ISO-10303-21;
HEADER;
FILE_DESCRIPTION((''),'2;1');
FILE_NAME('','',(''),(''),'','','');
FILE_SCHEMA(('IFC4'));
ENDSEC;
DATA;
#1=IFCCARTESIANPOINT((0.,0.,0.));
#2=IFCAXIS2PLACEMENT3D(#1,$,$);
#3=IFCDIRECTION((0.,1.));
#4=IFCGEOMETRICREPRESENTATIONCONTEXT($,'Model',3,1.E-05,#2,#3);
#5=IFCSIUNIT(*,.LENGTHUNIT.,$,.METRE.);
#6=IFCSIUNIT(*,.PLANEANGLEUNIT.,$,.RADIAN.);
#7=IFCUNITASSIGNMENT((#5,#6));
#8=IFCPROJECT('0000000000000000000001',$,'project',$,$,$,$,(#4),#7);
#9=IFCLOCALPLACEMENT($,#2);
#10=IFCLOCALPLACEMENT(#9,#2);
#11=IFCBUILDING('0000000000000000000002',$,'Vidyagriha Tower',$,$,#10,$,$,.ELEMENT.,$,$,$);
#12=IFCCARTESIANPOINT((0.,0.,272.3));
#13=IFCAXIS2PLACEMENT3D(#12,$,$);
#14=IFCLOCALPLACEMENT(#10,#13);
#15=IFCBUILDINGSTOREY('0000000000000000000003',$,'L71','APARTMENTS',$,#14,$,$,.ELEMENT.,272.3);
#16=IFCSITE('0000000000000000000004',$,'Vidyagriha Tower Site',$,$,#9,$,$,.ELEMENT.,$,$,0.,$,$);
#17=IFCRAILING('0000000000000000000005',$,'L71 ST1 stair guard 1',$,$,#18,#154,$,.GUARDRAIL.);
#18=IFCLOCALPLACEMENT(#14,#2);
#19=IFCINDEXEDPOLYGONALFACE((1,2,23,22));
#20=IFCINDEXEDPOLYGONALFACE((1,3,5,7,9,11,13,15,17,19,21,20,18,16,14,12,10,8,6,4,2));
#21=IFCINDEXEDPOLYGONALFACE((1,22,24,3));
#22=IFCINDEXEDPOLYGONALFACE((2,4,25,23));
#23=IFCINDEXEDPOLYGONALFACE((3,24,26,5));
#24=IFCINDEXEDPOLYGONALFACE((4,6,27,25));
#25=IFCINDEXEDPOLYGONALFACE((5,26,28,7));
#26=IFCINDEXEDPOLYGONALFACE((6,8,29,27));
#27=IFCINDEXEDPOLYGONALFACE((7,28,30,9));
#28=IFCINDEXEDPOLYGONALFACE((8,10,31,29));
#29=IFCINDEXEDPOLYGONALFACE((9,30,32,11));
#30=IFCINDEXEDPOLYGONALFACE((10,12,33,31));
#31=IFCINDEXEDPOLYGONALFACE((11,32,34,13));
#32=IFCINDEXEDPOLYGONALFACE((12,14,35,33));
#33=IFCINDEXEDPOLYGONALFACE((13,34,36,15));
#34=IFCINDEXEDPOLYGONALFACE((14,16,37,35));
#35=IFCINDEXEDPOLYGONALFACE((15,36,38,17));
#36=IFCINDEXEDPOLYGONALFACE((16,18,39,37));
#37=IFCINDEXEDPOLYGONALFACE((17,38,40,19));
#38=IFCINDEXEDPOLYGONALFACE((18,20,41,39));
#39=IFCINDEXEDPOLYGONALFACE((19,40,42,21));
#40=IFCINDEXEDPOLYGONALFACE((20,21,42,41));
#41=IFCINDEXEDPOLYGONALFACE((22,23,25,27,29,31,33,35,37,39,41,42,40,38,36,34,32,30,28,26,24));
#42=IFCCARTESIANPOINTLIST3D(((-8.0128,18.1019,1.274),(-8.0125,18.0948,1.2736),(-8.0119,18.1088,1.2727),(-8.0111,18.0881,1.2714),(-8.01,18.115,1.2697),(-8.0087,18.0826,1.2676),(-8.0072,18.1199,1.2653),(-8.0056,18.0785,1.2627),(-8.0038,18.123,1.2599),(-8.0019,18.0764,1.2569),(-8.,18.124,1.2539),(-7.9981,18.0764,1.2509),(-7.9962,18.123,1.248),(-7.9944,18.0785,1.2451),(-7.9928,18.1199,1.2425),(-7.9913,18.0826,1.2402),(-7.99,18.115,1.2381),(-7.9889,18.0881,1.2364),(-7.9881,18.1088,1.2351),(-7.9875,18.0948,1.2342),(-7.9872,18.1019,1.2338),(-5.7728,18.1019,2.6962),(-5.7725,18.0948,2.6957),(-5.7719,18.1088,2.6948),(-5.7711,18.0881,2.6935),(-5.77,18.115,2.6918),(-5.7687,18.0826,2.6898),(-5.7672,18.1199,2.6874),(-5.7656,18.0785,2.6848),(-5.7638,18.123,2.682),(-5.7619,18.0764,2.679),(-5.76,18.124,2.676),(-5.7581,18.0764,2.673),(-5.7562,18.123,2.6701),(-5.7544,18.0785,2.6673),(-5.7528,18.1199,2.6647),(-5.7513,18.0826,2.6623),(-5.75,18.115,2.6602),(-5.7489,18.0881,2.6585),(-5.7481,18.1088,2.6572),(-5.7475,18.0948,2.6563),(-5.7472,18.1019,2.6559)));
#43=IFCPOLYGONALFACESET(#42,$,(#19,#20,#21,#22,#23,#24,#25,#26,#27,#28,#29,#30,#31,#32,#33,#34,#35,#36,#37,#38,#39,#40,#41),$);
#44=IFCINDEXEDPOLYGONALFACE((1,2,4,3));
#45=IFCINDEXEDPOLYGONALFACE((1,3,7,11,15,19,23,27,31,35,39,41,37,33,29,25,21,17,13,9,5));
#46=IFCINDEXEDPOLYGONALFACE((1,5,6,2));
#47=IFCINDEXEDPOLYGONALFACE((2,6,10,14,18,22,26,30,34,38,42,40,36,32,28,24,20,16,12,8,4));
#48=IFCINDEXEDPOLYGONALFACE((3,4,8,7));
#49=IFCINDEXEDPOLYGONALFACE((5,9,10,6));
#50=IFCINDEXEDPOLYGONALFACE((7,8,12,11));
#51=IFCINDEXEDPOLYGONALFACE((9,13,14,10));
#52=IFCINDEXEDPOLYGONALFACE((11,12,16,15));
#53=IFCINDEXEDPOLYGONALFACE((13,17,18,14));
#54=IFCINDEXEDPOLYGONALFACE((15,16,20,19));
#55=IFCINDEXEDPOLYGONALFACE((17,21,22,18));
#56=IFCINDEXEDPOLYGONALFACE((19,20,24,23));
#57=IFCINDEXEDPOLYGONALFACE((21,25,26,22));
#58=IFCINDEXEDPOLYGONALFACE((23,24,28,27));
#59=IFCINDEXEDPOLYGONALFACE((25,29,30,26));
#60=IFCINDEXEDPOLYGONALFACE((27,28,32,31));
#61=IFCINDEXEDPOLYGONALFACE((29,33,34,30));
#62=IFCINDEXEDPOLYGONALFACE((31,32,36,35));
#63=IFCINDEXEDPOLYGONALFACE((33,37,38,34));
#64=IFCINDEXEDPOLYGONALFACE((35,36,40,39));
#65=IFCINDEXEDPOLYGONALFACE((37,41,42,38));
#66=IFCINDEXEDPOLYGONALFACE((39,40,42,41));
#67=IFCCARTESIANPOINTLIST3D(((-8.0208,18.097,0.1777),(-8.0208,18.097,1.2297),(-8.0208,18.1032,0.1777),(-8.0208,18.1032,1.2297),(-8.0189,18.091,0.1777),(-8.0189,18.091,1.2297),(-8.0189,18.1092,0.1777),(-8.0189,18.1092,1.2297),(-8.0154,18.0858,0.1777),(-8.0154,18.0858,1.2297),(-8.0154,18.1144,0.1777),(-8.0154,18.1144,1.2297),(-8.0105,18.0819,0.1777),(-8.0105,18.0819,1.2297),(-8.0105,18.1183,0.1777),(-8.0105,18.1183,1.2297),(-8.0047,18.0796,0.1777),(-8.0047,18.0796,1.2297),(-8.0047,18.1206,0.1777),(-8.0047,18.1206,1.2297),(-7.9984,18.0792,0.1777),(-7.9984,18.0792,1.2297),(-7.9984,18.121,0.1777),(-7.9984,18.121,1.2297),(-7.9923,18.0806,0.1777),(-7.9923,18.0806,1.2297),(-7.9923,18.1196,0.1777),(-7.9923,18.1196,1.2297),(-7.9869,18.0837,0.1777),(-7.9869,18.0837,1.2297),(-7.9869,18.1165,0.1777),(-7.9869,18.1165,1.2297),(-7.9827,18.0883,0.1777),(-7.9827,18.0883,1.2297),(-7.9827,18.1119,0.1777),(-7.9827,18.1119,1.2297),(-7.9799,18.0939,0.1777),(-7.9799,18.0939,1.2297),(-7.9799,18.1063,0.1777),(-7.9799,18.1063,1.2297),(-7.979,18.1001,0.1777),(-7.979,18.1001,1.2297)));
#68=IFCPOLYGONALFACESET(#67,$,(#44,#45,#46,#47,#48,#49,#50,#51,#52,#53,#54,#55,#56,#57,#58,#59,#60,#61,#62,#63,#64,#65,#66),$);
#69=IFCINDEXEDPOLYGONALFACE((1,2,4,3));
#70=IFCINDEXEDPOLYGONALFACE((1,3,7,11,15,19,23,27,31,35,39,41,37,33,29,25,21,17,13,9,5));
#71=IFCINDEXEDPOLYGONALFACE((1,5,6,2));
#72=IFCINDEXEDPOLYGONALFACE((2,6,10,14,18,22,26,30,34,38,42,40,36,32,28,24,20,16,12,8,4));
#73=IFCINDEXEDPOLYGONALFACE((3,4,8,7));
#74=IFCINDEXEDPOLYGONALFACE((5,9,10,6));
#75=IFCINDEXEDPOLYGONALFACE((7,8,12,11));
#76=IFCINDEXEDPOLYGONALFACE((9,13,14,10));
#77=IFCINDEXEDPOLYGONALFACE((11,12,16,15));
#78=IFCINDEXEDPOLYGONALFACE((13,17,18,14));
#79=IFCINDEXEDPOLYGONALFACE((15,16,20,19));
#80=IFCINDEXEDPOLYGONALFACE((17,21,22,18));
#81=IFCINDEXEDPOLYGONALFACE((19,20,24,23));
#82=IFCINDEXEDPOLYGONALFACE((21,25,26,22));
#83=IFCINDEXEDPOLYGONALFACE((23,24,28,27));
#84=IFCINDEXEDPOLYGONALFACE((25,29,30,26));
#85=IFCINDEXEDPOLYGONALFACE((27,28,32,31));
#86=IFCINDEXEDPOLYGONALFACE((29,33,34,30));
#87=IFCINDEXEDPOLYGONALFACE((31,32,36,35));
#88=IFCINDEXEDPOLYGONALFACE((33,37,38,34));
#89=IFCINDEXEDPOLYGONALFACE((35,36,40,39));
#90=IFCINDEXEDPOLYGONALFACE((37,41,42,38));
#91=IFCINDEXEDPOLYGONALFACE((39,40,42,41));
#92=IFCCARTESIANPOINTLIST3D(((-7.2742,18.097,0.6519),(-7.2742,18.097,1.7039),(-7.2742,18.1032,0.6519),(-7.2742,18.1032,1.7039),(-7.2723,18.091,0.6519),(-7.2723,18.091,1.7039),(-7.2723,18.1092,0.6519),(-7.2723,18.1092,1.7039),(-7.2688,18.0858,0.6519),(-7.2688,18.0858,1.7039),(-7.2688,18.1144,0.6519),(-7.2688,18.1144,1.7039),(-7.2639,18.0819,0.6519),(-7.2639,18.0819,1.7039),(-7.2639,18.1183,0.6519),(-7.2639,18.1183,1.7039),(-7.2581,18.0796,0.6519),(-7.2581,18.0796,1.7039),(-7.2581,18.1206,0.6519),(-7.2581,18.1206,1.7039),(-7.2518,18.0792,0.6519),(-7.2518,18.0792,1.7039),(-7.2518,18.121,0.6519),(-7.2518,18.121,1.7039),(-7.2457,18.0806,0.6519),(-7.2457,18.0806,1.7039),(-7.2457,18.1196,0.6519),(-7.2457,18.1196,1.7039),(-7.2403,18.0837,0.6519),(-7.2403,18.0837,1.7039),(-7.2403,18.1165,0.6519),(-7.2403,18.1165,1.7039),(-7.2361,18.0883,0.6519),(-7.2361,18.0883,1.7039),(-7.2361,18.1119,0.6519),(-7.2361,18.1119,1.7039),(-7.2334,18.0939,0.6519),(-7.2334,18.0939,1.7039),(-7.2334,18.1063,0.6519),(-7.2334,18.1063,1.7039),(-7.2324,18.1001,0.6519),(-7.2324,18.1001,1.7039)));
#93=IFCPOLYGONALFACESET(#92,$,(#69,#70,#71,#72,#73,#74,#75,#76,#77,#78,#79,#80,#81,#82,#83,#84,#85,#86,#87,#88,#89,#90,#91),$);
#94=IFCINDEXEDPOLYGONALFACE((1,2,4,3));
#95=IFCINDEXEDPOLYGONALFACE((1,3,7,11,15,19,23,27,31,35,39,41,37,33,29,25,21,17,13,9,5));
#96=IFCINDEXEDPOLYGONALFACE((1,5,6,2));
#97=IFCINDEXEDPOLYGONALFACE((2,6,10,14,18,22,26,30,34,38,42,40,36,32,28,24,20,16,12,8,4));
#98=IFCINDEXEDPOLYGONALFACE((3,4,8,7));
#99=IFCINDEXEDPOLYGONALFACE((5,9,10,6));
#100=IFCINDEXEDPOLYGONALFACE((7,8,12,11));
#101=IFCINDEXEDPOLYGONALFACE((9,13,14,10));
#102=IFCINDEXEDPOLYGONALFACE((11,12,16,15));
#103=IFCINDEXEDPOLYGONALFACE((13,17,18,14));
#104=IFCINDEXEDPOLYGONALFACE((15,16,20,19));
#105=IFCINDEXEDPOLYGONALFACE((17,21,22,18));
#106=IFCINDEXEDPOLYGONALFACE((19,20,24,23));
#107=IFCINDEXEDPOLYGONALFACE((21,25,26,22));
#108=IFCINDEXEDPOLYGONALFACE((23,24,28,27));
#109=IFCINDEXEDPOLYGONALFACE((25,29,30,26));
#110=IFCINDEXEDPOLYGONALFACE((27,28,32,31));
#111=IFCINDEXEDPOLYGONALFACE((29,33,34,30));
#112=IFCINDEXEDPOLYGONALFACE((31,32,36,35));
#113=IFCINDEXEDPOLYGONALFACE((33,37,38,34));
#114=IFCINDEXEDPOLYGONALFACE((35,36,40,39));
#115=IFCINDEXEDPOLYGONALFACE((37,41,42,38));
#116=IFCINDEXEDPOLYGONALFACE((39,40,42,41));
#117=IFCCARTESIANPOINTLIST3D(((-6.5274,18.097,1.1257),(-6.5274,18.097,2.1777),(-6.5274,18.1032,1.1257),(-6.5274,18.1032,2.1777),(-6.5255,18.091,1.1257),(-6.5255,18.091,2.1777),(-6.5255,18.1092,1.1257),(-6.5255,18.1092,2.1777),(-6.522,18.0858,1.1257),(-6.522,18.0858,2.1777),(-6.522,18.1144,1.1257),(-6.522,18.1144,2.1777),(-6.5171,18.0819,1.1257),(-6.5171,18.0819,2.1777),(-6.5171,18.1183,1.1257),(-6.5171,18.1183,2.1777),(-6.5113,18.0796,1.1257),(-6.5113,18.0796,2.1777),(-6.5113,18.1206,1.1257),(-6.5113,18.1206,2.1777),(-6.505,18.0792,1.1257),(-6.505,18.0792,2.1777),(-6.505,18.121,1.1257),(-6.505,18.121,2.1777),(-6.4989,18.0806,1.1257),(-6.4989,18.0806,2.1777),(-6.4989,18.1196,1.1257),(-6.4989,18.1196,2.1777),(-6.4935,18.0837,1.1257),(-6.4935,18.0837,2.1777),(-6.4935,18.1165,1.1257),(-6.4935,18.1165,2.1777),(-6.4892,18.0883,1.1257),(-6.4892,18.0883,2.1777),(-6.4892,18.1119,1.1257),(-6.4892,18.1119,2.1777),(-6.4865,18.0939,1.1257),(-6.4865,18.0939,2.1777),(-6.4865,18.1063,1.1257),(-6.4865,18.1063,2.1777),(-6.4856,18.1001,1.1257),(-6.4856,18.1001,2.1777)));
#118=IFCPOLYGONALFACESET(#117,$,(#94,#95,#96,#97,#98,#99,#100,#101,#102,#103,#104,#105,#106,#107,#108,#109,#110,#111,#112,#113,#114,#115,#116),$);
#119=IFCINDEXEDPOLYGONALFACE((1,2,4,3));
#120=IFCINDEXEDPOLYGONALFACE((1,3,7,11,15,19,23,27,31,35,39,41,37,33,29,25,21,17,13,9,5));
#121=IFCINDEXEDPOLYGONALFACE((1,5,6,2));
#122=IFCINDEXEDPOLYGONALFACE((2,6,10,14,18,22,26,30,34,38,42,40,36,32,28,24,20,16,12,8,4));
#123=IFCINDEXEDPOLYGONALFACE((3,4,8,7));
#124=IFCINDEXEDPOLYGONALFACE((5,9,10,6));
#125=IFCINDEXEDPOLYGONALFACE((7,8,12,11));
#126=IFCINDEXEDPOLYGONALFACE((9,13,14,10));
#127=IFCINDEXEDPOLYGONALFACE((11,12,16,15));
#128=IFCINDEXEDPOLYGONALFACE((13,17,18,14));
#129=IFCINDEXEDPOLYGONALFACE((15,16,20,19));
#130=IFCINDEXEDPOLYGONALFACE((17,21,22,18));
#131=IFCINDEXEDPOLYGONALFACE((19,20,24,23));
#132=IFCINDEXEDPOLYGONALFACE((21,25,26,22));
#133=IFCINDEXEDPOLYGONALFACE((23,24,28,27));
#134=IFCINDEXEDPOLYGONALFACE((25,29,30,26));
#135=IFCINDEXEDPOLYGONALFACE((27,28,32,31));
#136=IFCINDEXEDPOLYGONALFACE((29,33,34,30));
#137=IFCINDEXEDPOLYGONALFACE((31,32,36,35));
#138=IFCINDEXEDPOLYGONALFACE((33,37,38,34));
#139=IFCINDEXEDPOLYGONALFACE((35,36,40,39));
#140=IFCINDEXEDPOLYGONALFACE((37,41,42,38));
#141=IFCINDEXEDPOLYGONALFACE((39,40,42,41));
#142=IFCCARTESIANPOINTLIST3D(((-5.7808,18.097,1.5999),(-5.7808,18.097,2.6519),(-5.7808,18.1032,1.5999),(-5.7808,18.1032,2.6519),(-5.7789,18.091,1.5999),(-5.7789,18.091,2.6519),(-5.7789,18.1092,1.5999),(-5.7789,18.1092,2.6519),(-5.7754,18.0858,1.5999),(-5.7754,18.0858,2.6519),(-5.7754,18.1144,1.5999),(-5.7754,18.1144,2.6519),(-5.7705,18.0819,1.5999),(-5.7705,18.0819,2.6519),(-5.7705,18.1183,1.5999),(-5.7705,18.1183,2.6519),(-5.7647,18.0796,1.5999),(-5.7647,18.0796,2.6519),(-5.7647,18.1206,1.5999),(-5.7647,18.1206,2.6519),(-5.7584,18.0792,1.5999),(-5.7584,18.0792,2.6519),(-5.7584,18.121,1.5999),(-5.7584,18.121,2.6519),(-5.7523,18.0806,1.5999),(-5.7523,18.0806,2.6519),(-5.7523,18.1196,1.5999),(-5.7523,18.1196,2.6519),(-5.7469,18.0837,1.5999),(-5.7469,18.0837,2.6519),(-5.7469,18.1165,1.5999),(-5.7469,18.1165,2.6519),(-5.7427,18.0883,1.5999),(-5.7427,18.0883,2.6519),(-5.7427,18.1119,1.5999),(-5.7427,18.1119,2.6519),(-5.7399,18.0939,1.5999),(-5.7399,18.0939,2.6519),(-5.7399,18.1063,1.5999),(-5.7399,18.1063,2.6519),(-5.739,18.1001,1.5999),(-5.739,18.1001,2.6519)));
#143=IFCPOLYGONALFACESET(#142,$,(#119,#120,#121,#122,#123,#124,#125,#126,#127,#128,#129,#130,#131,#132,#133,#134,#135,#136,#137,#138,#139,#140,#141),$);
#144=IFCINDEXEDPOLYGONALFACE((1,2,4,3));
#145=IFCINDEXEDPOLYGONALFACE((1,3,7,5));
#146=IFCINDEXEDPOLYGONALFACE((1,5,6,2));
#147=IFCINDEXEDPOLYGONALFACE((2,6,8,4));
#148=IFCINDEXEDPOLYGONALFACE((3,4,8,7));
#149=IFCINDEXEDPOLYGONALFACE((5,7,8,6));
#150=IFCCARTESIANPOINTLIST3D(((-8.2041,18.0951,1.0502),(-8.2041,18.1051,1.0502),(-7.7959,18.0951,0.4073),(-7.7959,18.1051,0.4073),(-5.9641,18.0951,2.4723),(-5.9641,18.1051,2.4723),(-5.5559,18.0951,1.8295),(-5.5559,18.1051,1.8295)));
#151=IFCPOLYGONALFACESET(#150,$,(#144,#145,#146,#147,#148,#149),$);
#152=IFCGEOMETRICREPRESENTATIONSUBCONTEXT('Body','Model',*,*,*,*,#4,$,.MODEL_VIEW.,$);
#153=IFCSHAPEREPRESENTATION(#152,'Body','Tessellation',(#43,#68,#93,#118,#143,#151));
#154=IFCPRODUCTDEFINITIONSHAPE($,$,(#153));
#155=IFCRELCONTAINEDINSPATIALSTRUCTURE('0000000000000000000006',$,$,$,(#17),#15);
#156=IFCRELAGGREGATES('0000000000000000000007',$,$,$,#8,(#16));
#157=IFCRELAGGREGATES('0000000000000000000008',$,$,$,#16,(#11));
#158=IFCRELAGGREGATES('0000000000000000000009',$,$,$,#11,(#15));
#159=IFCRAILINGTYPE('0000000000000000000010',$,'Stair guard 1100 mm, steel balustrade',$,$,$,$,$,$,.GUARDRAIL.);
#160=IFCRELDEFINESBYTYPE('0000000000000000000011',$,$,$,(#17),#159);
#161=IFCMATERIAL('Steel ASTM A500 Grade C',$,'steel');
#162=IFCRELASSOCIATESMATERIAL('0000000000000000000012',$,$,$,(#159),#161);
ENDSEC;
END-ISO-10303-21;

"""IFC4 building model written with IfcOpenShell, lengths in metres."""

from ifc_helpers import new_model, si_unit, direction, frame, origin, origin_2d, place, context, subcontext, project, spatial, rectangle, circle, extrude, material, type_object, element, save


model = new_model("IFC4")

# Units and contexts
model_context = context("Model", 3, precision=1e-05, world=origin(), true_north=direction((0.0, 1.0)))
body_context = subcontext(model_context, "Body", "Model", "MODEL_VIEW")
ifc_project = project(units=[si_unit("LENGTHUNIT", "METRE"), si_unit("PLANEANGLEUNIT", "RADIAN")], contexts=[model_context])

# Site, building, storey
site_placement = place(None, origin())
site = spatial("IfcSite", under=ifc_project, at=site_placement, Name="Vidyagriha Tower Site", CompositionType="ELEMENT", RefElevation=0.0)
building_placement = place(site_placement, origin())
building = spatial("IfcBuilding", under=site, at=building_placement, Name="Vidyagriha Tower", CompositionType="ELEMENT")
storey_placement = place(building_placement, frame((0.0, 0.0, 272.3)))
storey = spatial("IfcBuildingStorey", under=building, at=storey_placement, Name="L71", Description="APARTMENTS", CompositionType="ELEMENT", Elevation=272.3)

# Railing
ifc_material_1 = material(Name="Steel ASTM A500 Grade C", Category="steel")
railing_type_1 = type_object("IfcRailingType", Name="Stair guard 1100 mm, steel balustrade", PredefinedType="GUARDRAIL", material=ifc_material_1)
railing_1_placement = place(storey_placement, frame((-8.0, 18.1001, 0.1777)))
element("IfcRailing", 1, at=railing_1_placement, inside=storey, type_object=railing_type_1, Name="L71 ST1 stair guard 1", PredefinedType="GUARDRAIL", context=body_context, shape_type="SweptSolid", body=[
    extrude(circle(Radius=0.0239, at=origin_2d()), frame((0.0, 0.0, 1.0762), z_axis=(0.844229, 0.0, 0.535982), x_axis=(0.0, 1.0, 0.0)), (0.0, 0.0, 1.0), 2.6533),
    extrude(circle(Radius=0.021, at=origin_2d()), origin(), (0.0, 0.0, 1.0), 1.052),
    extrude(circle(Radius=0.021, at=origin_2d()), frame((0.7466, 0.0, 0.4741)), (0.0, 0.0, 1.0), 1.052),
    extrude(circle(Radius=0.021, at=origin_2d()), frame((1.4934, 0.0, 0.948)), (0.0, 0.0, 1.0), 1.052),
    extrude(circle(Radius=0.021, at=origin_2d()), frame((2.24, 0.0, 1.4221)), (0.0, 0.0, 1.0), 1.052),
    extrude(rectangle(XDim=0.01, YDim=0.7615, at=origin_2d()), frame((0.0, 0.0, 0.551), z_axis=(0.844229, 0.0, 0.535982), x_axis=(0.0, 1.0, 0.0)), (0.0, 0.0, 1.0), 2.6533),
])

save(model, "model.ifc")
